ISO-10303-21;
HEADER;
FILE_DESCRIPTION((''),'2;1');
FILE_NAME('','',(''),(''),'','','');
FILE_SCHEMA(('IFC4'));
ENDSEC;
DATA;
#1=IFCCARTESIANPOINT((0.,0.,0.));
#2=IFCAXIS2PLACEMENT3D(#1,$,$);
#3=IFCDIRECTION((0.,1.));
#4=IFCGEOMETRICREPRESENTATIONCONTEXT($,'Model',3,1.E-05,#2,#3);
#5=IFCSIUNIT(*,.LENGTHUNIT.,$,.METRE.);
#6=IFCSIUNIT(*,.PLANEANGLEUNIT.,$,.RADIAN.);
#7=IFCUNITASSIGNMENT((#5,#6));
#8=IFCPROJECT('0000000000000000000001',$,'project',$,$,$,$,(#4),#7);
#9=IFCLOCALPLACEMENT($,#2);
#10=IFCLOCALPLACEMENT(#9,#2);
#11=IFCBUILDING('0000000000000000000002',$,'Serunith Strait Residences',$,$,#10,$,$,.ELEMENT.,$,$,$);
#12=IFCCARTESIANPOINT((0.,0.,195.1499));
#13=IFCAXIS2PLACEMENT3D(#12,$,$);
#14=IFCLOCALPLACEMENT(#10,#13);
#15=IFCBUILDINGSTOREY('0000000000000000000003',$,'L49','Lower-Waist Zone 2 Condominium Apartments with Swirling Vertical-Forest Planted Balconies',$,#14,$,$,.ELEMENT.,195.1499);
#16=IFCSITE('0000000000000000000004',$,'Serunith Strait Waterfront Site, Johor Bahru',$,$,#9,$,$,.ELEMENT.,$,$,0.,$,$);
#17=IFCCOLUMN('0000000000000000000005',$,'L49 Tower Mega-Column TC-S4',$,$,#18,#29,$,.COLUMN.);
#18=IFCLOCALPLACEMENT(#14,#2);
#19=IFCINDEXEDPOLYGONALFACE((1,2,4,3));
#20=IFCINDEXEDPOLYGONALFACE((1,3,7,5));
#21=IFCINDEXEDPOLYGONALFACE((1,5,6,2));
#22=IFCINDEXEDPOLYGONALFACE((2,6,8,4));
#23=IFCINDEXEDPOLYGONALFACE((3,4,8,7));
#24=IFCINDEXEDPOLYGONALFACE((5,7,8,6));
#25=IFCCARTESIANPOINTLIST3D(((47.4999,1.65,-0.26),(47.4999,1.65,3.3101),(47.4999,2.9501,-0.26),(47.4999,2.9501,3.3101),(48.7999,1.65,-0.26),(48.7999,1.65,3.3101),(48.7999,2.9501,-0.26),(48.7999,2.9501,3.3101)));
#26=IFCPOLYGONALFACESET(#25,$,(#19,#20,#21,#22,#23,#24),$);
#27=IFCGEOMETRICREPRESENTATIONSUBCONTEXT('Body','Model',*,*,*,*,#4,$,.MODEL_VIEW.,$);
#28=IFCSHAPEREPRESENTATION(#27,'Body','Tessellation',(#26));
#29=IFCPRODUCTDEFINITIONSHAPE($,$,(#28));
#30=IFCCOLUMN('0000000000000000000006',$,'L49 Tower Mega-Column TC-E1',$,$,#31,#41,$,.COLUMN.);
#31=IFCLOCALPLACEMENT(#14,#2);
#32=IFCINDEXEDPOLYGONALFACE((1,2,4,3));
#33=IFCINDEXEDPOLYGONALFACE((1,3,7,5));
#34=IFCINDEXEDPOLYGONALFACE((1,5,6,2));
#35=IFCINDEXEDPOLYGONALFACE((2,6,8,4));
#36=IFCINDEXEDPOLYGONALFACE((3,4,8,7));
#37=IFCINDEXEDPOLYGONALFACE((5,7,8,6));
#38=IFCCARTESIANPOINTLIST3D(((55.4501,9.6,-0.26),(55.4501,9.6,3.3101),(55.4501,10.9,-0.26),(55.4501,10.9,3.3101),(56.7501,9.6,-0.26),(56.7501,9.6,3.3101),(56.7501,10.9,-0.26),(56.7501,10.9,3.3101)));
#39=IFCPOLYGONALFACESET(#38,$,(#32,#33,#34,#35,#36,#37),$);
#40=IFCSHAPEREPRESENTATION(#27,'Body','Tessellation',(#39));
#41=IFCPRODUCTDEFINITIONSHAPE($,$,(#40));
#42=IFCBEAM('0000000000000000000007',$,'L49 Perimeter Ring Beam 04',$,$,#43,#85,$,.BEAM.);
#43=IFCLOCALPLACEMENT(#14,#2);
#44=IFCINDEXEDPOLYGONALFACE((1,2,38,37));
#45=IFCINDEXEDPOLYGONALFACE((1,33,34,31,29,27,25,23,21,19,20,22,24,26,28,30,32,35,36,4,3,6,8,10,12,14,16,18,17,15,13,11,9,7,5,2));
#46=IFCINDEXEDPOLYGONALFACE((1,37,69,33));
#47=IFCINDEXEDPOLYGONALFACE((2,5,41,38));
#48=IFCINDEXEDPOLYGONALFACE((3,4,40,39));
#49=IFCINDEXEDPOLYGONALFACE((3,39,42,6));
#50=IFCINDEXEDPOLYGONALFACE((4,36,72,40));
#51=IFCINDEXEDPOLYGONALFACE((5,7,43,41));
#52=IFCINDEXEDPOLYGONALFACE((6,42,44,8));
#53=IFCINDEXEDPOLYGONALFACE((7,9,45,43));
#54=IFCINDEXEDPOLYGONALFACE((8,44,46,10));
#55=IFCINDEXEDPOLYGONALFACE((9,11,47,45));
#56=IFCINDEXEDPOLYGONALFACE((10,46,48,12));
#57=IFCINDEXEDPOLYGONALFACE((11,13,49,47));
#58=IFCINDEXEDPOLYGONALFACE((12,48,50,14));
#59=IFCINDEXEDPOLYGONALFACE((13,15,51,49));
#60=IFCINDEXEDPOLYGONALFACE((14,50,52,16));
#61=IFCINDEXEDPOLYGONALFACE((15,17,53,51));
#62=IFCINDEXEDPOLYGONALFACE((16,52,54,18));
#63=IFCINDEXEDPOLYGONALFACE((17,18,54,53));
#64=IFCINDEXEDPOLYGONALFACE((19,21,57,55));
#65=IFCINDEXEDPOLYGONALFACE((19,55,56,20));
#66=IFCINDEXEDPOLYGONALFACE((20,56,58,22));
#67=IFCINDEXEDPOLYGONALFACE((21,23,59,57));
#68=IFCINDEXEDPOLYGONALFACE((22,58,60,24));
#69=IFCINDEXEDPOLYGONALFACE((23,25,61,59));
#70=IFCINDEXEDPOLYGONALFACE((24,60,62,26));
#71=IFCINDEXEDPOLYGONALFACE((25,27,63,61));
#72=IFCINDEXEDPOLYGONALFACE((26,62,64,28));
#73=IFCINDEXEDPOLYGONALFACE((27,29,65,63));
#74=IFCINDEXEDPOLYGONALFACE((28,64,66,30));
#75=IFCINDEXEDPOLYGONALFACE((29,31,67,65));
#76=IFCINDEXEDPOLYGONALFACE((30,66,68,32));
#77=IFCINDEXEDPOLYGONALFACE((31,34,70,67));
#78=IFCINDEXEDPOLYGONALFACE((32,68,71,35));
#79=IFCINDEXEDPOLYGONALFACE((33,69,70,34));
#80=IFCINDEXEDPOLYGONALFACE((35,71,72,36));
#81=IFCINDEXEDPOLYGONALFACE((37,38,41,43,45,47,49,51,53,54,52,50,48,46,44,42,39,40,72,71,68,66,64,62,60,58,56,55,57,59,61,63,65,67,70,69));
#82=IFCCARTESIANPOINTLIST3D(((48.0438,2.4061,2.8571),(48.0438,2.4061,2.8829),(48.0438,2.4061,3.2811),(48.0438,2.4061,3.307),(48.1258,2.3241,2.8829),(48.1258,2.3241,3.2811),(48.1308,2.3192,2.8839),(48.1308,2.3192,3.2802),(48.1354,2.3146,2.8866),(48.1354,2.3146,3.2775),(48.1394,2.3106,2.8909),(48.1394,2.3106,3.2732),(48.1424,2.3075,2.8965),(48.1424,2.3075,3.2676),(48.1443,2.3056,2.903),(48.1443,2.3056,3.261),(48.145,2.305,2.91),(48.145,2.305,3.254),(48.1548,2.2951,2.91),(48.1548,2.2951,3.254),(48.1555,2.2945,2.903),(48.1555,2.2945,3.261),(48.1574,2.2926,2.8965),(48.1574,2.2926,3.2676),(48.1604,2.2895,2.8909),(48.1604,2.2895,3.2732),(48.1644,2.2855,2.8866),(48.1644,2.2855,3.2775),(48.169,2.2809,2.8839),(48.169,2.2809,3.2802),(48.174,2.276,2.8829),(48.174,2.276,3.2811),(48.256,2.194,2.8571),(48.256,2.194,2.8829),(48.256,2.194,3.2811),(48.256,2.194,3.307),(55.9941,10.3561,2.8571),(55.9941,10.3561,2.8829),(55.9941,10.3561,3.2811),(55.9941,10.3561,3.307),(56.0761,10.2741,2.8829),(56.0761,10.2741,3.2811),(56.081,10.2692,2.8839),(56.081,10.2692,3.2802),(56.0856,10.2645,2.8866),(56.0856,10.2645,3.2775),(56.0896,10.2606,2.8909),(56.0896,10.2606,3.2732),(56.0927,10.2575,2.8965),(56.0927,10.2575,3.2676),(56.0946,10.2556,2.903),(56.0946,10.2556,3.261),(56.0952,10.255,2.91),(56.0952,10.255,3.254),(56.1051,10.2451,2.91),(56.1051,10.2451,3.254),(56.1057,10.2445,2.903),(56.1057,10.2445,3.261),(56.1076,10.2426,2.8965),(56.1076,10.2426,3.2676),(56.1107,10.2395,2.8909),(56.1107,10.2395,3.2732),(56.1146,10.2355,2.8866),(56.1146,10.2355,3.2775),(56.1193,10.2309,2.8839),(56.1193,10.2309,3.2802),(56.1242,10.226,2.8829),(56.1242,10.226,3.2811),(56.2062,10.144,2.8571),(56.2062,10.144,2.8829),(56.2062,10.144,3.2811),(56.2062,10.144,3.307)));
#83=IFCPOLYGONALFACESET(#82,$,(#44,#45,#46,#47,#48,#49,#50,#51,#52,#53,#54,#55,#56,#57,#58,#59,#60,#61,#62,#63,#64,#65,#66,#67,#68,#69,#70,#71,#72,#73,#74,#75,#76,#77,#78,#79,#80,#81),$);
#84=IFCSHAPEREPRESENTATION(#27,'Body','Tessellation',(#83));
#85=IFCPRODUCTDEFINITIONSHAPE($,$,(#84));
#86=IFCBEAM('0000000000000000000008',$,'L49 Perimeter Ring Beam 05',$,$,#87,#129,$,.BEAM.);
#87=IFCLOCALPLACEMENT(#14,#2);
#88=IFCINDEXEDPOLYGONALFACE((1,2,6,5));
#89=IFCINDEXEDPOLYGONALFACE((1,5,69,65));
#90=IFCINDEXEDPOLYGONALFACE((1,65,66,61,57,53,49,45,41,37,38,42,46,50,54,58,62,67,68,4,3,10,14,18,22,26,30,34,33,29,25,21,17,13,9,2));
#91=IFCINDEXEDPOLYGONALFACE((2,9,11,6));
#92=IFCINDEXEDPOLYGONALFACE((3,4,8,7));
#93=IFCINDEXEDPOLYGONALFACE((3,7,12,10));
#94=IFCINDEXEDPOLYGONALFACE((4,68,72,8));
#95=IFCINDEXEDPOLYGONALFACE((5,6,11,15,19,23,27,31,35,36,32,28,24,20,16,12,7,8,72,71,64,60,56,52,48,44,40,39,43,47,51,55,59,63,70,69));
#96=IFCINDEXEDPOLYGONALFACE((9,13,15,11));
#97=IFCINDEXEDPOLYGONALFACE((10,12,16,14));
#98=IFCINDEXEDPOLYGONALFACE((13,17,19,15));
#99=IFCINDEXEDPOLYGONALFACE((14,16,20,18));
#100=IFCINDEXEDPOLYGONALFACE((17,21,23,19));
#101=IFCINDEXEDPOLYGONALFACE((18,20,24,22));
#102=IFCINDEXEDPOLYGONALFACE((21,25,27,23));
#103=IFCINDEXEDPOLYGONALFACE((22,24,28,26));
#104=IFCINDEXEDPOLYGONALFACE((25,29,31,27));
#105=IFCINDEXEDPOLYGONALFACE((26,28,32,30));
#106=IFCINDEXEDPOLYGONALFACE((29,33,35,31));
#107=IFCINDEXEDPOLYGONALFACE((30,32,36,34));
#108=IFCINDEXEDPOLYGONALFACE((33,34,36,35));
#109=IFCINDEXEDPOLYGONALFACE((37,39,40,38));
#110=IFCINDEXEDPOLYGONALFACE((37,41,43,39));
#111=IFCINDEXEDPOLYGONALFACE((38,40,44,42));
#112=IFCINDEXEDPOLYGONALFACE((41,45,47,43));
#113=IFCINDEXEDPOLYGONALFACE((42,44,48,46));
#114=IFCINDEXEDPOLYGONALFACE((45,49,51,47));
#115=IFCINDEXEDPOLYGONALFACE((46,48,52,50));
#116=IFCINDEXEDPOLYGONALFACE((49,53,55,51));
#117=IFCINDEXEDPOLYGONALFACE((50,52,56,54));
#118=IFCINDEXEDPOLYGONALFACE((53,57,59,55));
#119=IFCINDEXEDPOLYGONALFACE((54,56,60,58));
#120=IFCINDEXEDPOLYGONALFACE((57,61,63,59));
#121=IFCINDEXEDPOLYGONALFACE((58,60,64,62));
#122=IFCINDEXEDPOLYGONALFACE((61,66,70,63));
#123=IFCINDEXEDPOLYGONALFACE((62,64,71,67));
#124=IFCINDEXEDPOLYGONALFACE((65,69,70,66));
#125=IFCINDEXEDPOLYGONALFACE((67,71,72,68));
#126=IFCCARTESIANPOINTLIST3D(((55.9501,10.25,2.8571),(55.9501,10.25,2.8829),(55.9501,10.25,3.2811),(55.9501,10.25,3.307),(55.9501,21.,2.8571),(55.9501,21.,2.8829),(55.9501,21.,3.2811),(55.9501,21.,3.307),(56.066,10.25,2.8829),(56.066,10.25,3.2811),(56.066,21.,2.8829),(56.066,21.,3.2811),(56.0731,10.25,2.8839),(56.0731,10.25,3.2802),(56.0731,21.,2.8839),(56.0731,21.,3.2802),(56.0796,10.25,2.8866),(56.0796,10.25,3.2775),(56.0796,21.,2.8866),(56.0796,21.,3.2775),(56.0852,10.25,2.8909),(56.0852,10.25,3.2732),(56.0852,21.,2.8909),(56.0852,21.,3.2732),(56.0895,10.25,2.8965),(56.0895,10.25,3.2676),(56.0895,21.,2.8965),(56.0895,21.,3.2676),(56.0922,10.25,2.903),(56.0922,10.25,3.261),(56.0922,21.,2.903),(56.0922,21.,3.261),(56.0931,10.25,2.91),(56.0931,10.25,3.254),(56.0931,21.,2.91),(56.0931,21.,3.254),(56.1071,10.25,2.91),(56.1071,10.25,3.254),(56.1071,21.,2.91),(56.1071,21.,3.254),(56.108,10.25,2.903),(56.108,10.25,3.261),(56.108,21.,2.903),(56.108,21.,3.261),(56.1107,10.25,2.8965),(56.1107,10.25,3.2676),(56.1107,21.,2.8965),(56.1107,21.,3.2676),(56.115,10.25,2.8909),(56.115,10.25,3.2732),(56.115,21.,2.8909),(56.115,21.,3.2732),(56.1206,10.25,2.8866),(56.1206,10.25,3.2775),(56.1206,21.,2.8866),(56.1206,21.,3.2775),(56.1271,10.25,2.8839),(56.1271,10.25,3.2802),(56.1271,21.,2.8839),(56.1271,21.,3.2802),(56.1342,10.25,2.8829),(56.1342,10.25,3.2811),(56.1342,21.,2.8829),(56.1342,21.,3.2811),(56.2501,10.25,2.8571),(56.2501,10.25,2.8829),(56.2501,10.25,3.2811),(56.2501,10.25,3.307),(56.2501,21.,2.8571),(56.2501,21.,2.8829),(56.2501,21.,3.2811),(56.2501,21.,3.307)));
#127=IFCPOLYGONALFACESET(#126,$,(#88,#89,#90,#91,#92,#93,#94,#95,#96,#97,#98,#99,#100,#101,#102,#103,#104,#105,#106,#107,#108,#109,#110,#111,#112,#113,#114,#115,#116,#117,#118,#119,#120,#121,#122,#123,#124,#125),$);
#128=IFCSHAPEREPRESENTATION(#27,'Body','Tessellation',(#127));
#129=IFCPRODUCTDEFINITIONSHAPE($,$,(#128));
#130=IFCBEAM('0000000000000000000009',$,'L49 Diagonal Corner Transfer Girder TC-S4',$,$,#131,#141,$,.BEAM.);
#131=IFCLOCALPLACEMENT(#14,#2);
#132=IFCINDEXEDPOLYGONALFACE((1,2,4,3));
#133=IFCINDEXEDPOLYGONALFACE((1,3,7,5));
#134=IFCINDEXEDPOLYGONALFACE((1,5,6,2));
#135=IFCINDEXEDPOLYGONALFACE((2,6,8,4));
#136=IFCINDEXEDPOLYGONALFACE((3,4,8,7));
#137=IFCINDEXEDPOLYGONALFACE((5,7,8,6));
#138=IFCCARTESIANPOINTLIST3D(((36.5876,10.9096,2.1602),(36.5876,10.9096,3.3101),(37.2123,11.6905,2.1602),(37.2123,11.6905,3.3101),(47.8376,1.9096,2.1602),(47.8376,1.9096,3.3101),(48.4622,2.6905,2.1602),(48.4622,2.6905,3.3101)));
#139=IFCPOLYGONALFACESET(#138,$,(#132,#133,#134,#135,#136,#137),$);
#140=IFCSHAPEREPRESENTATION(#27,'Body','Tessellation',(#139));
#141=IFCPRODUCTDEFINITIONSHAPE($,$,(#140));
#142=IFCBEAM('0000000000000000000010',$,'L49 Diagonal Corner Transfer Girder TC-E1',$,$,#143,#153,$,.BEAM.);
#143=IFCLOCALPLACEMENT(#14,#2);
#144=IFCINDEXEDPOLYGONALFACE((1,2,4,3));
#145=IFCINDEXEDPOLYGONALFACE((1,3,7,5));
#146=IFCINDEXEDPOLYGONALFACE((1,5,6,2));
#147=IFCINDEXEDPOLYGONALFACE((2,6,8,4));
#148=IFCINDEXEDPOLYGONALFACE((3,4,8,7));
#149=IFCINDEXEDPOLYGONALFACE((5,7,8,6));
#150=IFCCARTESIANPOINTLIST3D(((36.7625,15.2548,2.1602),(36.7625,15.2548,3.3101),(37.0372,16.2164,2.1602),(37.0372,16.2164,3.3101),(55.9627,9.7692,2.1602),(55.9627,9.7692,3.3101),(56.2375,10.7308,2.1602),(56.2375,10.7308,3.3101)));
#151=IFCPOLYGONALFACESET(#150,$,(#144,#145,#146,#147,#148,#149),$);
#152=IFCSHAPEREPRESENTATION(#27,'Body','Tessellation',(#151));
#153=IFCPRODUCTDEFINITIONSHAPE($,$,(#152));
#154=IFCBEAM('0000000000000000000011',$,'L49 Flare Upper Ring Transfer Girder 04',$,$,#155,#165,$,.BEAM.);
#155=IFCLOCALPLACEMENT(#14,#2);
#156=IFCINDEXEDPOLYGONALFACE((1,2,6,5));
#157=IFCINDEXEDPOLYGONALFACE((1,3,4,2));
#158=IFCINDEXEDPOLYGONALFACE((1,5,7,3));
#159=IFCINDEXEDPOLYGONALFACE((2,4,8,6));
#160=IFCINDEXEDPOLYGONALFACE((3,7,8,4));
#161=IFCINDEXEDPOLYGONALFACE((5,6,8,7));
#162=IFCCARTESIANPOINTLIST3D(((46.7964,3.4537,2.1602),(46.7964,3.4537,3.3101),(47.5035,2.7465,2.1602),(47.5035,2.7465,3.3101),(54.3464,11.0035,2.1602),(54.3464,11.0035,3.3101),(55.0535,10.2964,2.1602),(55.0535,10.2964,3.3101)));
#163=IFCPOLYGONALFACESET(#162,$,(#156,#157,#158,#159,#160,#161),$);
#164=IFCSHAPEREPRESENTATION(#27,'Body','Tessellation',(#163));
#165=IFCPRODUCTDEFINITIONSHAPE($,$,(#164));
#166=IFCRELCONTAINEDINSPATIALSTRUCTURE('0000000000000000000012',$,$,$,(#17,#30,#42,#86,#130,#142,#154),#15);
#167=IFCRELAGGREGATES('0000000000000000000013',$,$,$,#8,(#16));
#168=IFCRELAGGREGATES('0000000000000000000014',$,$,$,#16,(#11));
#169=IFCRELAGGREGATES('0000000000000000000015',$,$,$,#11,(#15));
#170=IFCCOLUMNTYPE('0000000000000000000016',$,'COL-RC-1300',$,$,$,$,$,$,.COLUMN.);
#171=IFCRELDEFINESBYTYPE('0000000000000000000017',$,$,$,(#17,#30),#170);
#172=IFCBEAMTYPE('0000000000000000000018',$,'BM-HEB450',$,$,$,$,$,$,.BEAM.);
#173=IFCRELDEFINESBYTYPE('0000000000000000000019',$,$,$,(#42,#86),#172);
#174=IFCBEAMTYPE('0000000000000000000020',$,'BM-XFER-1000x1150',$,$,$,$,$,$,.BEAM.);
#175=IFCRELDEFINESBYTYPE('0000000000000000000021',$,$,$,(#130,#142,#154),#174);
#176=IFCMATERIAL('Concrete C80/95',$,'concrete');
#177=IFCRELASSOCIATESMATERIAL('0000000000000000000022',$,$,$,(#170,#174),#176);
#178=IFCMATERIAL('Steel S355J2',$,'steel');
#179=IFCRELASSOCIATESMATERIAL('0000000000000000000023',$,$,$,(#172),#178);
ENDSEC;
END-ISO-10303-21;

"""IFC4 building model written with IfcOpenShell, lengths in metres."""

from ifc_helpers import new_model, si_unit, direction, frame, origin, origin_2d, place, context, subcontext, project, spatial, rectangle, i_section, extrude, source, transform, mapped, material, material_profile, profile_set, type_object, element, save


model = new_model("IFC4")

# Units and contexts
model_context = context("Model", 3, precision=1e-05, world=origin(), true_north=direction((0.0, 1.0)))
body_context = subcontext(model_context, "Body", "Model", "MODEL_VIEW")
ifc_project = project(units=[si_unit("LENGTHUNIT", "METRE"), si_unit("PLANEANGLEUNIT", "RADIAN")], contexts=[model_context])

# Site, building, storey
site_placement = place(None, origin())
site = spatial("IfcSite", under=ifc_project, at=site_placement, Name="Serunith Strait Waterfront Site, Johor Bahru", CompositionType="ELEMENT", RefElevation=0.0)
building_placement = place(site_placement, origin())
building = spatial("IfcBuilding", under=site, at=building_placement, Name="Serunith Strait Residences", CompositionType="ELEMENT")
storey_placement = place(building_placement, frame((0.0, 0.0, 195.1499)))
storey = spatial("IfcBuildingStorey", under=building, at=storey_placement, Name="L49", Description="Lower-Waist Zone 2 Condominium Apartments with Swirling Vertical-Forest Planted Balconies", CompositionType="ELEMENT", Elevation=195.1499)

# Columns
ifc_material_1 = material(Name="Concrete C80/95", Category="concrete")
ifc_material_profile_1 = material_profile(ifc_material_1, rectangle(XDim=1.3, YDim=1.3, at=origin_2d()), Name="RC 1300x1300")
ifc_profile_set_1 = profile_set([ifc_material_profile_1], Name="Concrete C80/95")
column_type = type_object("IfcColumnType", Name="COL-RC-1300", PredefinedType="COLUMN", material=ifc_profile_set_1)
shared_shape_1 = source(origin(), body_context, "Body", "SweptSolid", [
    extrude(rectangle(XDim=1.3, YDim=1.3, at=origin_2d()), origin(), (0.0, 0.0, 1.0), 3.5701),
])
for number, where, z_axis, x_axis, name in (
    (1, (48.1499, 2.3, -0.26), (0.0, 0.0, 1.0), (1.0, 0.0, 0.0), "L49 Tower Mega-Column TC-S4"),
    (2, (56.1001, 10.25, -0.26), (0.0, 0.0, 1.0), (1.0, 0.0, 0.0), "L49 Tower Mega-Column TC-E1"),
):
    element("IfcColumn", number, at=place(storey_placement, frame(where, z_axis=z_axis, x_axis=x_axis)), inside=storey, type_object=column_type, Name=name, PredefinedType="COLUMN", context=body_context, shape_type="MappedRepresentation", body=[
        mapped(shared_shape_1, transform((0.0, 0.0, 0.0), scale=1.0)),
    ])

# Beams
ifc_material_2 = material(Name="Steel S355J2", Category="steel")
ifc_material_profile_2 = material_profile(ifc_material_2, i_section(OverallWidth=0.3, OverallDepth=0.45, WebThickness=0.0139, FlangeThickness=0.0259, FilletRadius=0.0271, at=origin_2d()), Name="HEB 450")
ifc_profile_set_2 = profile_set([ifc_material_profile_2], Name="Steel S355J2")
beam_type_1 = type_object("IfcBeamType", Name="BM-HEB450", PredefinedType="BEAM", material=ifc_profile_set_2)
shared_shape_2 = source(origin(), body_context, "Body", "SweptSolid", [
    extrude(i_section(OverallWidth=0.3, OverallDepth=0.45, WebThickness=0.0139, FlangeThickness=0.0259, FilletRadius=0.0271, at=origin_2d()), origin(), (0.0, 0.0, 1.0), 11.2432),
])
beam_1_placement = place(storey_placement, frame((48.1499, 2.3, 3.082), z_axis=(0.707118, 0.707096, 0.0), x_axis=(-0.707096, 0.707118, 0.0)))
element("IfcBeam", 3, at=beam_1_placement, inside=storey, type_object=beam_type_1, Name="L49 Perimeter Ring Beam 04", PredefinedType="BEAM", context=body_context, shape_type="MappedRepresentation", body=[
    mapped(shared_shape_2, transform((0.0, 0.0, 0.0), scale=1.0)),
])
shared_shape_3 = source(origin(), body_context, "Body", "SweptSolid", [
    extrude(i_section(OverallWidth=0.3, OverallDepth=0.45, WebThickness=0.0139, FlangeThickness=0.0259, FilletRadius=0.0271, at=origin_2d()), origin(), (0.0, 0.0, 1.0), 10.75),
])
beam_2_placement = place(storey_placement, frame((56.1001, 10.25, 3.082), z_axis=(0.0, 1.0, 0.0), x_axis=(-1.0, 0.0, 0.0)))
element("IfcBeam", 4, at=beam_2_placement, inside=storey, type_object=beam_type_1, Name="L49 Perimeter Ring Beam 05", PredefinedType="BEAM", context=body_context, shape_type="MappedRepresentation", body=[
    mapped(shared_shape_3, transform((0.0, 0.0, 0.0), scale=1.0)),
])
ifc_material_profile_3 = material_profile(ifc_material_1, rectangle(XDim=1.0, YDim=1.1499, at=origin_2d()), Name="RC 1000x1150")
ifc_profile_set_3 = profile_set([ifc_material_profile_3], Name="Concrete C80/95")
beam_type_2 = type_object("IfcBeamType", Name="BM-XFER-1000x1150", PredefinedType="BEAM", material=ifc_profile_set_3)
shared_shape_4 = source(origin(), body_context, "Body", "SweptSolid", [
    extrude(rectangle(XDim=1.0, YDim=1.1499, at=origin_2d()), origin(), (0.0, 0.0, 1.0), 14.407),
])
beam_3_placement = place(storey_placement, frame((48.1499, 2.3, 2.7351), z_axis=(-0.780869, 0.624695, 0.0), x_axis=(-0.624695, -0.780869, 0.0)))
element("IfcBeam", 5, at=beam_3_placement, inside=storey, type_object=beam_type_2, Name="L49 Diagonal Corner Transfer Girder TC-S4", PredefinedType="BEAM", context=body_context, shape_type="MappedRepresentation", body=[
    mapped(shared_shape_4, transform((0.0, 0.0, 0.0), scale=1.0)),
])
shared_shape_5 = source(origin(), body_context, "Body", "SweptSolid", [
    extrude(rectangle(XDim=1.0, YDim=1.1499, at=origin_2d()), origin(), (0.0, 0.0, 1.0), 19.9685),
])
beam_4_placement = place(storey_placement, frame((56.1001, 10.25, 2.7351), z_axis=(-0.961526, 0.274713, 0.0), x_axis=(-0.274713, -0.961526, 0.0)))
element("IfcBeam", 6, at=beam_4_placement, inside=storey, type_object=beam_type_2, Name="L49 Diagonal Corner Transfer Girder TC-E1", PredefinedType="BEAM", context=body_context, shape_type="MappedRepresentation", body=[
    mapped(shared_shape_5, transform((0.0, 0.0, 0.0), scale=1.0)),
])
shared_shape_6 = source(origin(), body_context, "Body", "SweptSolid", [
    extrude(rectangle(XDim=1.0, YDim=1.1499, at=origin_2d()), origin(), (0.0, 0.0, 1.0), 10.6772),
])
beam_5_placement = place(storey_placement, frame((47.1499, 3.1001, 2.7351), z_axis=(0.707118, 0.707095, 0.0), x_axis=(-0.707095, 0.707118, 0.0)))
element("IfcBeam", 7, at=beam_5_placement, inside=storey, type_object=beam_type_2, Name="L49 Flare Upper Ring Transfer Girder 04", PredefinedType="BEAM", context=body_context, shape_type="MappedRepresentation", body=[
    mapped(shared_shape_6, transform((0.0, 0.0, 0.0), scale=1.0)),
])

save(model, "model.ifc")
